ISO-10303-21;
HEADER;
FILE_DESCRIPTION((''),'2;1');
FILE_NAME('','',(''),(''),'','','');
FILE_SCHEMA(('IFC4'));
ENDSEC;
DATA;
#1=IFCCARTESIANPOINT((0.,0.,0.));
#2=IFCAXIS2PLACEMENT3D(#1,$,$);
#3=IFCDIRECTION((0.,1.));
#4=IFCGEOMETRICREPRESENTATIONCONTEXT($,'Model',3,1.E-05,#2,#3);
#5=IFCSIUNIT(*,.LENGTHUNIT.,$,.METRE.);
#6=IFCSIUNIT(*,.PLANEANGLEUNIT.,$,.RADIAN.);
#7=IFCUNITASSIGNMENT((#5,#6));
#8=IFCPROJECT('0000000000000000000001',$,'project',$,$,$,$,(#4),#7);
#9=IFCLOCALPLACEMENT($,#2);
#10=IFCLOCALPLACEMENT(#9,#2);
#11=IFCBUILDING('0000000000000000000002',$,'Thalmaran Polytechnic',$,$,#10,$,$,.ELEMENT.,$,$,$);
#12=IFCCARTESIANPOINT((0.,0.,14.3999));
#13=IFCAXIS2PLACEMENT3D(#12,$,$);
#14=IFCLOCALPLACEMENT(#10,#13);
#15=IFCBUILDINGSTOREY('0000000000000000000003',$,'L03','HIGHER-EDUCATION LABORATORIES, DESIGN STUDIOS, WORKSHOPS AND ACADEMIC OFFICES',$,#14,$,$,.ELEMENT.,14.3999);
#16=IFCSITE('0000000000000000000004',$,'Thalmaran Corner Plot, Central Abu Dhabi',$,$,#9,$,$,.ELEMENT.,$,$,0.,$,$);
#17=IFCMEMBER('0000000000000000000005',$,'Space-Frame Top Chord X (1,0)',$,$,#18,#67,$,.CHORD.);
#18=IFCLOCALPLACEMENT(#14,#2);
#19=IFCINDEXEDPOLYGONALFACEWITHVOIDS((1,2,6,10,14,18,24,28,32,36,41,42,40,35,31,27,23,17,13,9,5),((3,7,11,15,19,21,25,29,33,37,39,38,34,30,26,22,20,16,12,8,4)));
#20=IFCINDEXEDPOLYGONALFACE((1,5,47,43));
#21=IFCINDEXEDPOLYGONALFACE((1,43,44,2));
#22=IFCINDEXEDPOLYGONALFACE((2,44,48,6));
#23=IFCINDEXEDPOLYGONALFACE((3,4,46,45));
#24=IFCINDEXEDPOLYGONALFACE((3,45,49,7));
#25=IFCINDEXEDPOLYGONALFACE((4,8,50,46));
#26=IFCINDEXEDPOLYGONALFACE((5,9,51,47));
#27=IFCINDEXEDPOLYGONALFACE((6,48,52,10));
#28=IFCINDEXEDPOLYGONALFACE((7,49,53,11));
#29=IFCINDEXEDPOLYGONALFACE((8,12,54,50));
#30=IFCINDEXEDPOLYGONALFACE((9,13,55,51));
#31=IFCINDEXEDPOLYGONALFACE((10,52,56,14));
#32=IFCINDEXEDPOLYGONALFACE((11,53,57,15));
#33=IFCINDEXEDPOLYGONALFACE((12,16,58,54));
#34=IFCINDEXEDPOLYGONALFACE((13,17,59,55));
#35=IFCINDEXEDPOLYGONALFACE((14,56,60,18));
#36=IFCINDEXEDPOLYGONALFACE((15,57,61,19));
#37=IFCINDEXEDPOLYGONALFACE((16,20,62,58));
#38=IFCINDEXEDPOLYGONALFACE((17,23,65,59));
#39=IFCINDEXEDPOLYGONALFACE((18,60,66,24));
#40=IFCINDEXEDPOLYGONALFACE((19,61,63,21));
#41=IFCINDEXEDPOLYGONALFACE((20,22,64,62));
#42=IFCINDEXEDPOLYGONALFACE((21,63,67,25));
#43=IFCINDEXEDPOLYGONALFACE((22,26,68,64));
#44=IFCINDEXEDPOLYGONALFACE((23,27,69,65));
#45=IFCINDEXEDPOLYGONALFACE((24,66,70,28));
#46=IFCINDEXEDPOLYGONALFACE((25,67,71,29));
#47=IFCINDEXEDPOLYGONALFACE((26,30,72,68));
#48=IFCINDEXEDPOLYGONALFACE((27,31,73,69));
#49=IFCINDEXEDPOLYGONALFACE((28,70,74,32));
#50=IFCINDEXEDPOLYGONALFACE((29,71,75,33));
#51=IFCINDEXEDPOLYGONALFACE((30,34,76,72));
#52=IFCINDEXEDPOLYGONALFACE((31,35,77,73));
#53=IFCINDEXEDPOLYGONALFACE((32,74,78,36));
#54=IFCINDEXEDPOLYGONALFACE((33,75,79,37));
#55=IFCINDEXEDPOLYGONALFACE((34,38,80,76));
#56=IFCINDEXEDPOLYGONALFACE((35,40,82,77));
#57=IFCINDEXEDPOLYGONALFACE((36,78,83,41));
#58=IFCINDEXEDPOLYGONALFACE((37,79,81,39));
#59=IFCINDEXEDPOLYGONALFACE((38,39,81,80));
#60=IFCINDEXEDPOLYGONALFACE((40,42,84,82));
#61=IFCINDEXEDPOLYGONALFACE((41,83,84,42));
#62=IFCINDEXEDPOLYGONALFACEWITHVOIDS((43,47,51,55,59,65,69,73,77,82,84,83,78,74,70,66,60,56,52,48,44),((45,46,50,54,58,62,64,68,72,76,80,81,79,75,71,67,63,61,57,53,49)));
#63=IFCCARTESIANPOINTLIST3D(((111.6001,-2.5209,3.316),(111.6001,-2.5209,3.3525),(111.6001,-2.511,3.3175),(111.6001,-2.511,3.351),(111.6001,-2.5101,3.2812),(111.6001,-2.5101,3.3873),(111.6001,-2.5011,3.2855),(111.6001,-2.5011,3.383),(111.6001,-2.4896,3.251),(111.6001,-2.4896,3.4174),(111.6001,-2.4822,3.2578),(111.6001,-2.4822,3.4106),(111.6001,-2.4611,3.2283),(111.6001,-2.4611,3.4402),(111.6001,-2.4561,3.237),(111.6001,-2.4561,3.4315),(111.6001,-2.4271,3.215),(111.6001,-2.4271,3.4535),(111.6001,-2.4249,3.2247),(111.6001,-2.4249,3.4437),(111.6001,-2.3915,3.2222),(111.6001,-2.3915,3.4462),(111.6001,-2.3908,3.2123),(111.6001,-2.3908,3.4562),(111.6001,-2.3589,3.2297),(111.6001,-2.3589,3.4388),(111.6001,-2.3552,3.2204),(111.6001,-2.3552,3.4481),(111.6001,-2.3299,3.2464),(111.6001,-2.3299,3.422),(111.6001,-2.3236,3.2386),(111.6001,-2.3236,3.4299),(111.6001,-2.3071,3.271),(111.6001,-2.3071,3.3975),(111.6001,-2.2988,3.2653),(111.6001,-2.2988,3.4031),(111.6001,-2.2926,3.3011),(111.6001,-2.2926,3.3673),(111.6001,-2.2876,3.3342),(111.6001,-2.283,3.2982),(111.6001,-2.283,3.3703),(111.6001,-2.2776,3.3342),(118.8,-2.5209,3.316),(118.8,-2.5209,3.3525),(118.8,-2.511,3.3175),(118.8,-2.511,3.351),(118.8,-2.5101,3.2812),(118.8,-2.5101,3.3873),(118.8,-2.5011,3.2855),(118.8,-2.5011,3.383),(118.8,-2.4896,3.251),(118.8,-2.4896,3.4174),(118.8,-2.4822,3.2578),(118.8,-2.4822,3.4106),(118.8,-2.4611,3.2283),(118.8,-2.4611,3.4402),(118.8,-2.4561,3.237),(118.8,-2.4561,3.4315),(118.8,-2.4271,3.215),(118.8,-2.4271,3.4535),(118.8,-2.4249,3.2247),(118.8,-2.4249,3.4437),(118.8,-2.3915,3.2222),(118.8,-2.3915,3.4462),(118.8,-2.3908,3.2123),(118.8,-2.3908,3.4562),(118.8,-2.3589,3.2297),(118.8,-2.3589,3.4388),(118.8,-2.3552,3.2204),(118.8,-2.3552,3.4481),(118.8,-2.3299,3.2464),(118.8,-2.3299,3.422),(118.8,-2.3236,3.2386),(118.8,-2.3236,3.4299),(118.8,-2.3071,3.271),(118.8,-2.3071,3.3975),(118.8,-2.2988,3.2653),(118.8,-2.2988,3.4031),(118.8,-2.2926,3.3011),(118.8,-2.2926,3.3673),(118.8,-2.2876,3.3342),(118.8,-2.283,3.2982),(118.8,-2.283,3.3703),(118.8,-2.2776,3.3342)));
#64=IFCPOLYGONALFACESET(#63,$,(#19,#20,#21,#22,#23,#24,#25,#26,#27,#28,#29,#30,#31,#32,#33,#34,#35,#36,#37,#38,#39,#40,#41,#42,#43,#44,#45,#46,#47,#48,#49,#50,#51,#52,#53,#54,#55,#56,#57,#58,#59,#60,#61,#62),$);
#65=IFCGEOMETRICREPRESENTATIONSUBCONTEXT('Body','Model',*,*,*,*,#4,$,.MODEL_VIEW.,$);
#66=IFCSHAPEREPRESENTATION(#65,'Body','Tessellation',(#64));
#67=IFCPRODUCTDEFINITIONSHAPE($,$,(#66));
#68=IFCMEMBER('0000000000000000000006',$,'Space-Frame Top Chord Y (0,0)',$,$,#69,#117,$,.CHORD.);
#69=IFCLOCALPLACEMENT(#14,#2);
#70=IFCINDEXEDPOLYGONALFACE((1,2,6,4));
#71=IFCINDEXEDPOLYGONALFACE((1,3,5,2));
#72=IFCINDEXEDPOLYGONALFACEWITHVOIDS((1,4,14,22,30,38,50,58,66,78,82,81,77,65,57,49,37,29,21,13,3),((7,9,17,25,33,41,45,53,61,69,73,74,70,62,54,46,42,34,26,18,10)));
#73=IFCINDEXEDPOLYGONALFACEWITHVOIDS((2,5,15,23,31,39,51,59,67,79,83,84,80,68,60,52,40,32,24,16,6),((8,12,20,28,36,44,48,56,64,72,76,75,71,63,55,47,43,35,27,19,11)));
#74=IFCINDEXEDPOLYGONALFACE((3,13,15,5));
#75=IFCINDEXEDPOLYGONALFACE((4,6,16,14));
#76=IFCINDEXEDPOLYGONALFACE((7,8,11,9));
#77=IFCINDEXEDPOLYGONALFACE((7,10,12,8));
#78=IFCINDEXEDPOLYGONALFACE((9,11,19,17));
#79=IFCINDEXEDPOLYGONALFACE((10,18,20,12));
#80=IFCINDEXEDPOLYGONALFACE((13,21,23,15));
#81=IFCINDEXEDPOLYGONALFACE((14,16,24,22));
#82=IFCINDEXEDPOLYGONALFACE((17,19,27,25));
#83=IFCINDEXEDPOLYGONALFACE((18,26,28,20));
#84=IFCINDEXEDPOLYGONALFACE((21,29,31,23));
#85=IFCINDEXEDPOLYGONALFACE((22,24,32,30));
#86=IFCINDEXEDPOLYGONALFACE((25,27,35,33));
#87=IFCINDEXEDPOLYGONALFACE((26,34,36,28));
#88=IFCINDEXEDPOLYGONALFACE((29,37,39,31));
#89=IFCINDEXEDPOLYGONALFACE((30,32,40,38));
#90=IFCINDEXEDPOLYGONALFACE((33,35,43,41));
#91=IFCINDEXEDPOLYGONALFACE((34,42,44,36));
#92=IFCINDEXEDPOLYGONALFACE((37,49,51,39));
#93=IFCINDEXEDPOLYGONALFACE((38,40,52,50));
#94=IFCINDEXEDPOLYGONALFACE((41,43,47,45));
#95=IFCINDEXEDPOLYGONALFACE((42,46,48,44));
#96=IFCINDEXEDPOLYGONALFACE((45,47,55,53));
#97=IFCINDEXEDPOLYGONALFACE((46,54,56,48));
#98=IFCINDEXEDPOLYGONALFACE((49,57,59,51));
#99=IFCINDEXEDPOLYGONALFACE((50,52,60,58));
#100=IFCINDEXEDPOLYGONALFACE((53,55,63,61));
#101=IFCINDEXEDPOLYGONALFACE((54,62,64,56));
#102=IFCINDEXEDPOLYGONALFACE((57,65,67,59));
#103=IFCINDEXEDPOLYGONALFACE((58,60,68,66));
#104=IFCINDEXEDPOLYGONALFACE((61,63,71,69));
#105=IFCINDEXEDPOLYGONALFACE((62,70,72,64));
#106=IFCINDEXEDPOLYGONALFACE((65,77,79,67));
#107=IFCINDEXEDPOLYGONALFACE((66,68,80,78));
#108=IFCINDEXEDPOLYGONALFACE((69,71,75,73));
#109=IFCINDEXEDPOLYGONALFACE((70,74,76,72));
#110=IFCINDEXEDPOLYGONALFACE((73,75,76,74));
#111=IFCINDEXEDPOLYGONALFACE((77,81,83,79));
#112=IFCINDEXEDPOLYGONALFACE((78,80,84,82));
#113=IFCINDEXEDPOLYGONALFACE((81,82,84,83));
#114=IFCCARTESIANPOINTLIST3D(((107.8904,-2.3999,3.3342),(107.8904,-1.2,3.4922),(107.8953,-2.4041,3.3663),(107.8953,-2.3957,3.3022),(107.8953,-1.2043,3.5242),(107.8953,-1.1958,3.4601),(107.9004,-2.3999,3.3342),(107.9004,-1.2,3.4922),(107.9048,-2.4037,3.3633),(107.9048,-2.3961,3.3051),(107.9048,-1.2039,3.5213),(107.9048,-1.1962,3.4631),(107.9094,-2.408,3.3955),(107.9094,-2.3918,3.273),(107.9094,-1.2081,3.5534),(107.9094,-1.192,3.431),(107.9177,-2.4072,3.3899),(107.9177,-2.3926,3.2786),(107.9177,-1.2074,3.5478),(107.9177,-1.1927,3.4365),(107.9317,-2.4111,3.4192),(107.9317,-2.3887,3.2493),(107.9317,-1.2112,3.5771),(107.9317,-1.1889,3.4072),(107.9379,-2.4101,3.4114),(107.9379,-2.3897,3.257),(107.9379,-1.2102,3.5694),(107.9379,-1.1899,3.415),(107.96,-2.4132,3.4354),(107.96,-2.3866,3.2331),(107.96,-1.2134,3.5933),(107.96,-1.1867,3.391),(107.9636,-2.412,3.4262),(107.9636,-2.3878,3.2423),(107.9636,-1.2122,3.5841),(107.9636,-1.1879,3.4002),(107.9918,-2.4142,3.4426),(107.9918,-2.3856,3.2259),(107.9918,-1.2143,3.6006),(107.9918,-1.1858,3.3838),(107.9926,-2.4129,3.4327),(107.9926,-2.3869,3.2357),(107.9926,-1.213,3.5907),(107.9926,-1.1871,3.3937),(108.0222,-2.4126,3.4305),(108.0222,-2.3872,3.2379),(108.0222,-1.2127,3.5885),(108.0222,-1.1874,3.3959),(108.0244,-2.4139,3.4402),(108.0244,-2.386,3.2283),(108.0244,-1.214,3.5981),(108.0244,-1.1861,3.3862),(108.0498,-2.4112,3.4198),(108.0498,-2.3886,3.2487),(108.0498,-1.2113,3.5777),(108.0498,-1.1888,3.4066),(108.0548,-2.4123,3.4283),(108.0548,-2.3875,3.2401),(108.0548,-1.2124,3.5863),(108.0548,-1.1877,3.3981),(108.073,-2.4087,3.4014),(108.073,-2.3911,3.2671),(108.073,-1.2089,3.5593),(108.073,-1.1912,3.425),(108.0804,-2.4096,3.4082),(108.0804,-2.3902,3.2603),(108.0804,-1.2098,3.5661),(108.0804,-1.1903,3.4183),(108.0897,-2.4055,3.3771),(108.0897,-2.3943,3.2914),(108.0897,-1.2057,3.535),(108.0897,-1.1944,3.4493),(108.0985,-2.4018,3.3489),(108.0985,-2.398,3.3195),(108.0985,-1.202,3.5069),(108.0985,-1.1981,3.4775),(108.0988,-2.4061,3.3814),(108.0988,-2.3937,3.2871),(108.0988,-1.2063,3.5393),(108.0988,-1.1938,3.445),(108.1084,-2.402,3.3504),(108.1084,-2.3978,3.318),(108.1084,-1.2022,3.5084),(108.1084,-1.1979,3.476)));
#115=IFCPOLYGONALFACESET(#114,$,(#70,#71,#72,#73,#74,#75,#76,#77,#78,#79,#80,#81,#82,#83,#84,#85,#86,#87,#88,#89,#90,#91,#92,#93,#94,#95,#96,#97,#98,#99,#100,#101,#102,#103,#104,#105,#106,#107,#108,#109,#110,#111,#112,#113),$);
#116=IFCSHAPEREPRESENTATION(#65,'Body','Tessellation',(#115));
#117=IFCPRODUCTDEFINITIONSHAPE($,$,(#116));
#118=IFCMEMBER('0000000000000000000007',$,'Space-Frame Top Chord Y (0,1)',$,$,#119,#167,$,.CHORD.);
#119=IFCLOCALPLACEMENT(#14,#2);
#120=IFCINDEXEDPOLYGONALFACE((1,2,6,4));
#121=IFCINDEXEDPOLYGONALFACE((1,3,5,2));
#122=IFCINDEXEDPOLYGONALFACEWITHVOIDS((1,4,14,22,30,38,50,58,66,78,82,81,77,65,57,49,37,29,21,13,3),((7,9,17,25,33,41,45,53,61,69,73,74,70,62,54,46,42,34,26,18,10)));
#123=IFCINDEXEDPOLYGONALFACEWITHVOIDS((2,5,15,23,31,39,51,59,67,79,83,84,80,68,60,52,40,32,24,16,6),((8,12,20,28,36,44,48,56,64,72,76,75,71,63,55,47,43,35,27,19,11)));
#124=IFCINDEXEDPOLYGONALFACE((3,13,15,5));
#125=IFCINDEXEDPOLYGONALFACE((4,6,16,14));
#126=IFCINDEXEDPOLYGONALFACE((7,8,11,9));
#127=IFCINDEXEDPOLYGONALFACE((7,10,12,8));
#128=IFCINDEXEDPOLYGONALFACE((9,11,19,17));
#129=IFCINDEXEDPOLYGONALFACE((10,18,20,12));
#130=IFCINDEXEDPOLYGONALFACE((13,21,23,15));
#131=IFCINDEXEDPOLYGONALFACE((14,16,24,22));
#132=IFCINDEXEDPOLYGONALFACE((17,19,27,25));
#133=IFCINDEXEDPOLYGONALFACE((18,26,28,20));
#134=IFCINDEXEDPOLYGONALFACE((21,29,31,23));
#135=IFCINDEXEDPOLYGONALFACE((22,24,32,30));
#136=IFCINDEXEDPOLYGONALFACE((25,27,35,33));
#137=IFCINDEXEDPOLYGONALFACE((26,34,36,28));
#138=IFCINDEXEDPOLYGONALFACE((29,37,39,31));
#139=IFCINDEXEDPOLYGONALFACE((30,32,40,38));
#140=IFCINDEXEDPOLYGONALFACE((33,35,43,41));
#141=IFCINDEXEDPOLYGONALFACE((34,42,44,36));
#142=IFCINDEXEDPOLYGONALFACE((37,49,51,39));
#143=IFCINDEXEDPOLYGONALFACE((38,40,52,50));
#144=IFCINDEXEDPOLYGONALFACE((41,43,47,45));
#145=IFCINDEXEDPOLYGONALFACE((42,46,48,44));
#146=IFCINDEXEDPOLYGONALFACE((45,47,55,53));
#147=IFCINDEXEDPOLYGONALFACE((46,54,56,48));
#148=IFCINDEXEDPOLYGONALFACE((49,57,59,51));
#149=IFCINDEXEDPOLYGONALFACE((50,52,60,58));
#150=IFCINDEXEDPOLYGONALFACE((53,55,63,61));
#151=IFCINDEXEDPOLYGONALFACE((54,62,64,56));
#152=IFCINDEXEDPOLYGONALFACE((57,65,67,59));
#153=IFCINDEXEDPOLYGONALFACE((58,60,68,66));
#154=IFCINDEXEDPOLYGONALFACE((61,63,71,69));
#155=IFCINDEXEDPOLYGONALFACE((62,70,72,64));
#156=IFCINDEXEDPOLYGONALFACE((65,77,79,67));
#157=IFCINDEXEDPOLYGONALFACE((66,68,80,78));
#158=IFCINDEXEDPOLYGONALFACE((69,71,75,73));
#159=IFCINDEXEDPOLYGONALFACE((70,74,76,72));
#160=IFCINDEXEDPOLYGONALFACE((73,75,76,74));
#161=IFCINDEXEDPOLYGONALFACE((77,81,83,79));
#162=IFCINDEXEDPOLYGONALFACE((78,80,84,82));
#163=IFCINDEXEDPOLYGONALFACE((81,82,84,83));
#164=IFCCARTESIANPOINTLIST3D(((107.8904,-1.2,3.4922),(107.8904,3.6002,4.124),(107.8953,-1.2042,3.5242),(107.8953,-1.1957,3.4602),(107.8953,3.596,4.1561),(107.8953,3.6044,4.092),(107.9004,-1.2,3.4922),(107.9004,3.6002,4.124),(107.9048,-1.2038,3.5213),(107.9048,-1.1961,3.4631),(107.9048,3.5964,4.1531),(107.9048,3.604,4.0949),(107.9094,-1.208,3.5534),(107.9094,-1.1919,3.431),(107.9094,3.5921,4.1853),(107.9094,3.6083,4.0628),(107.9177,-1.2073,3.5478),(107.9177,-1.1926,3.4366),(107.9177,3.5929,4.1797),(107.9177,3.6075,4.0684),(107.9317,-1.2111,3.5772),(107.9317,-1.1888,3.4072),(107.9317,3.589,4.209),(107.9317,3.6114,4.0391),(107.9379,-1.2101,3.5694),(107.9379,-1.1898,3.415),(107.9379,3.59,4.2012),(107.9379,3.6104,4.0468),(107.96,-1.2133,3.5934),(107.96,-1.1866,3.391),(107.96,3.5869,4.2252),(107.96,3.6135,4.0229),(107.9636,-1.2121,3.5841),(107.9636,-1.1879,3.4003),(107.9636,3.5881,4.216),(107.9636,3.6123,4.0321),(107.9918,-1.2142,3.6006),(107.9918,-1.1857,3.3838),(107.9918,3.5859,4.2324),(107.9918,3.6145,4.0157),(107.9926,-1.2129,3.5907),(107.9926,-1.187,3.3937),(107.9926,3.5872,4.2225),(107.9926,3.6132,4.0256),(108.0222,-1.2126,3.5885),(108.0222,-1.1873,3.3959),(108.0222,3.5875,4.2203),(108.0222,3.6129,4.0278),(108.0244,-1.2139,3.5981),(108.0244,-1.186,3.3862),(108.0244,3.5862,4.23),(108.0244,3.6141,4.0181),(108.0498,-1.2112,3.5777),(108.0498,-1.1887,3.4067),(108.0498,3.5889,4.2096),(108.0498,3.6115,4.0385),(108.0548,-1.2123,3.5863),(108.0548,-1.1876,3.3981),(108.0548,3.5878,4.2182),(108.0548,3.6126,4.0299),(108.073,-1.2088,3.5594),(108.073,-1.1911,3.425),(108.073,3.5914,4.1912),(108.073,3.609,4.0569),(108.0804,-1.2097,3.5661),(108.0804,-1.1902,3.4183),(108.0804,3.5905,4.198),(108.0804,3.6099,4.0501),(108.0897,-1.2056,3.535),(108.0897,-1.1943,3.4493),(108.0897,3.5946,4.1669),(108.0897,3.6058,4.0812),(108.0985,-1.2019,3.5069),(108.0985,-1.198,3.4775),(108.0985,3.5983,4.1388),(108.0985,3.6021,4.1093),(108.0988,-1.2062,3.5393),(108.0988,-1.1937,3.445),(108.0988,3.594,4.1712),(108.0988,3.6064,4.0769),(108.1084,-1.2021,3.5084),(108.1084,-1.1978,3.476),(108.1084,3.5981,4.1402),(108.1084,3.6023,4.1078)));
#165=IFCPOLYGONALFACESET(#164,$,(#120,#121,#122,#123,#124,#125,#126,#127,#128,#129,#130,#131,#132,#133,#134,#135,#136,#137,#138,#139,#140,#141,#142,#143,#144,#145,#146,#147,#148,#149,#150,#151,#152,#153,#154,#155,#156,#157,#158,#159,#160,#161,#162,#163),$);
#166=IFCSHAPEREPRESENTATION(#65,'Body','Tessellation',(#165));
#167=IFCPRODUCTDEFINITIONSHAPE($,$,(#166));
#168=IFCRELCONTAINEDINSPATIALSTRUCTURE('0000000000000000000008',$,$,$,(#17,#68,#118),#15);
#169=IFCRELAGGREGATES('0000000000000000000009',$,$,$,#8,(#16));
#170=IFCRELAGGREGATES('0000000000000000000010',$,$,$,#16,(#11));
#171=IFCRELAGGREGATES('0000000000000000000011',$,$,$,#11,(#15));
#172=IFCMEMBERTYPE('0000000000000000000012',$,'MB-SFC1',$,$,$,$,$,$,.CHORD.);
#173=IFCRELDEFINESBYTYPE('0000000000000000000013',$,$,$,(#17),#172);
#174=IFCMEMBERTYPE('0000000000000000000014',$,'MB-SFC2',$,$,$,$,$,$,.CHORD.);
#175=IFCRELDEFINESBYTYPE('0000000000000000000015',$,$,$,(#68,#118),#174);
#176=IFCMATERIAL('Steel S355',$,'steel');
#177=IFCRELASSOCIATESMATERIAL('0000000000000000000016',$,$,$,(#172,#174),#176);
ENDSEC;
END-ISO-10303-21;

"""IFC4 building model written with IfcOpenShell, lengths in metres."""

from ifc_helpers import new_model, si_unit, direction, frame, origin, origin_2d, place, context, subcontext, project, spatial, hollow_circle, extrude, material, material_profile, profile_set, type_object, element, save


model = new_model("IFC4")

# Units and contexts
model_context = context("Model", 3, precision=1e-05, world=origin(), true_north=direction((0.0, 1.0)))
body_context = subcontext(model_context, "Body", "Model", "MODEL_VIEW")
ifc_project = project(units=[si_unit("LENGTHUNIT", "METRE"), si_unit("PLANEANGLEUNIT", "RADIAN")], contexts=[model_context])

# Site, building, storey
site_placement = place(None, origin())
site = spatial("IfcSite", under=ifc_project, at=site_placement, Name="Thalmaran Corner Plot, Central Abu Dhabi", CompositionType="ELEMENT", RefElevation=0.0)
building_placement = place(site_placement, origin())
building = spatial("IfcBuilding", under=site, at=building_placement, Name="Thalmaran Polytechnic", CompositionType="ELEMENT")
storey_placement = place(building_placement, frame((0.0, 0.0, 14.3999)))
storey = spatial("IfcBuildingStorey", under=building, at=storey_placement, Name="L03", Description="HIGHER-EDUCATION LABORATORIES, DESIGN STUDIOS, WORKSHOPS AND ACADEMIC OFFICES", CompositionType="ELEMENT", Elevation=14.3999)

# Shared definitions
ifc_material_1 = material(Name="Steel S355", Category="steel")

# Members
ifc_material_profile_1 = material_profile(ifc_material_1, hollow_circle(Radius=0.1223, WallThickness=0.01, at=origin_2d()), Name="CHS 244.5x10.0")
ifc_profile_set_1 = profile_set([ifc_material_profile_1], Name="Steel S355")
member_type_1 = type_object("IfcMemberType", Name="MB-SFC1", PredefinedType="CHORD", material=ifc_profile_set_1)
member_1_placement = place(storey_placement, frame((111.6001, -2.3999, 3.3342), z_axis=(1.0, 0.0, 0.0), x_axis=(0.0, 1.0, 0.0)))
element("IfcMember", 1, at=member_1_placement, inside=storey, type_object=member_type_1, Name="Space-Frame Top Chord X (1,0)", PredefinedType="CHORD", context=body_context, shape_type="SweptSolid", body=[
    extrude(hollow_circle(Radius=0.1223, WallThickness=0.01, at=origin_2d()), origin(), (0.0, 0.0, 1.0), 7.2),
])
ifc_material_profile_2 = material_profile(ifc_material_1, hollow_circle(Radius=0.1096, WallThickness=0.01, at=origin_2d()), Name="CHS 219.1x10.0")
ifc_profile_set_2 = profile_set([ifc_material_profile_2], Name="Steel S355")
member_type_2 = type_object("IfcMemberType", Name="MB-SFC2", PredefinedType="CHORD", material=ifc_profile_set_2)
member_2_placement = place(storey_placement, frame((108.0, -2.3999, 3.3342), z_axis=(0.0, 0.991447, 0.130512), x_axis=(-1.0, 0.0, 0.0)))
element("IfcMember", 2, at=member_2_placement, inside=storey, type_object=member_type_2, Name="Space-Frame Top Chord Y (0,0)", PredefinedType="CHORD", context=body_context, shape_type="SweptSolid", body=[
    extrude(hollow_circle(Radius=0.1096, WallThickness=0.01, at=origin_2d()), origin(), (0.0, 0.0, 1.0), 1.2102),
])
member_3_placement = place(storey_placement, frame((108.0, -1.2, 3.4922), z_axis=(0.0, 0.991448, 0.130505), x_axis=(-1.0, 0.0, 0.0)))
element("IfcMember", 3, at=member_3_placement, inside=storey, type_object=member_type_2, Name="Space-Frame Top Chord Y (0,1)", PredefinedType="CHORD", context=body_context, shape_type="SweptSolid", body=[
    extrude(hollow_circle(Radius=0.1096, WallThickness=0.01, at=origin_2d()), origin(), (0.0, 0.0, 1.0), 4.8416),
])

save(model, "model.ifc")
